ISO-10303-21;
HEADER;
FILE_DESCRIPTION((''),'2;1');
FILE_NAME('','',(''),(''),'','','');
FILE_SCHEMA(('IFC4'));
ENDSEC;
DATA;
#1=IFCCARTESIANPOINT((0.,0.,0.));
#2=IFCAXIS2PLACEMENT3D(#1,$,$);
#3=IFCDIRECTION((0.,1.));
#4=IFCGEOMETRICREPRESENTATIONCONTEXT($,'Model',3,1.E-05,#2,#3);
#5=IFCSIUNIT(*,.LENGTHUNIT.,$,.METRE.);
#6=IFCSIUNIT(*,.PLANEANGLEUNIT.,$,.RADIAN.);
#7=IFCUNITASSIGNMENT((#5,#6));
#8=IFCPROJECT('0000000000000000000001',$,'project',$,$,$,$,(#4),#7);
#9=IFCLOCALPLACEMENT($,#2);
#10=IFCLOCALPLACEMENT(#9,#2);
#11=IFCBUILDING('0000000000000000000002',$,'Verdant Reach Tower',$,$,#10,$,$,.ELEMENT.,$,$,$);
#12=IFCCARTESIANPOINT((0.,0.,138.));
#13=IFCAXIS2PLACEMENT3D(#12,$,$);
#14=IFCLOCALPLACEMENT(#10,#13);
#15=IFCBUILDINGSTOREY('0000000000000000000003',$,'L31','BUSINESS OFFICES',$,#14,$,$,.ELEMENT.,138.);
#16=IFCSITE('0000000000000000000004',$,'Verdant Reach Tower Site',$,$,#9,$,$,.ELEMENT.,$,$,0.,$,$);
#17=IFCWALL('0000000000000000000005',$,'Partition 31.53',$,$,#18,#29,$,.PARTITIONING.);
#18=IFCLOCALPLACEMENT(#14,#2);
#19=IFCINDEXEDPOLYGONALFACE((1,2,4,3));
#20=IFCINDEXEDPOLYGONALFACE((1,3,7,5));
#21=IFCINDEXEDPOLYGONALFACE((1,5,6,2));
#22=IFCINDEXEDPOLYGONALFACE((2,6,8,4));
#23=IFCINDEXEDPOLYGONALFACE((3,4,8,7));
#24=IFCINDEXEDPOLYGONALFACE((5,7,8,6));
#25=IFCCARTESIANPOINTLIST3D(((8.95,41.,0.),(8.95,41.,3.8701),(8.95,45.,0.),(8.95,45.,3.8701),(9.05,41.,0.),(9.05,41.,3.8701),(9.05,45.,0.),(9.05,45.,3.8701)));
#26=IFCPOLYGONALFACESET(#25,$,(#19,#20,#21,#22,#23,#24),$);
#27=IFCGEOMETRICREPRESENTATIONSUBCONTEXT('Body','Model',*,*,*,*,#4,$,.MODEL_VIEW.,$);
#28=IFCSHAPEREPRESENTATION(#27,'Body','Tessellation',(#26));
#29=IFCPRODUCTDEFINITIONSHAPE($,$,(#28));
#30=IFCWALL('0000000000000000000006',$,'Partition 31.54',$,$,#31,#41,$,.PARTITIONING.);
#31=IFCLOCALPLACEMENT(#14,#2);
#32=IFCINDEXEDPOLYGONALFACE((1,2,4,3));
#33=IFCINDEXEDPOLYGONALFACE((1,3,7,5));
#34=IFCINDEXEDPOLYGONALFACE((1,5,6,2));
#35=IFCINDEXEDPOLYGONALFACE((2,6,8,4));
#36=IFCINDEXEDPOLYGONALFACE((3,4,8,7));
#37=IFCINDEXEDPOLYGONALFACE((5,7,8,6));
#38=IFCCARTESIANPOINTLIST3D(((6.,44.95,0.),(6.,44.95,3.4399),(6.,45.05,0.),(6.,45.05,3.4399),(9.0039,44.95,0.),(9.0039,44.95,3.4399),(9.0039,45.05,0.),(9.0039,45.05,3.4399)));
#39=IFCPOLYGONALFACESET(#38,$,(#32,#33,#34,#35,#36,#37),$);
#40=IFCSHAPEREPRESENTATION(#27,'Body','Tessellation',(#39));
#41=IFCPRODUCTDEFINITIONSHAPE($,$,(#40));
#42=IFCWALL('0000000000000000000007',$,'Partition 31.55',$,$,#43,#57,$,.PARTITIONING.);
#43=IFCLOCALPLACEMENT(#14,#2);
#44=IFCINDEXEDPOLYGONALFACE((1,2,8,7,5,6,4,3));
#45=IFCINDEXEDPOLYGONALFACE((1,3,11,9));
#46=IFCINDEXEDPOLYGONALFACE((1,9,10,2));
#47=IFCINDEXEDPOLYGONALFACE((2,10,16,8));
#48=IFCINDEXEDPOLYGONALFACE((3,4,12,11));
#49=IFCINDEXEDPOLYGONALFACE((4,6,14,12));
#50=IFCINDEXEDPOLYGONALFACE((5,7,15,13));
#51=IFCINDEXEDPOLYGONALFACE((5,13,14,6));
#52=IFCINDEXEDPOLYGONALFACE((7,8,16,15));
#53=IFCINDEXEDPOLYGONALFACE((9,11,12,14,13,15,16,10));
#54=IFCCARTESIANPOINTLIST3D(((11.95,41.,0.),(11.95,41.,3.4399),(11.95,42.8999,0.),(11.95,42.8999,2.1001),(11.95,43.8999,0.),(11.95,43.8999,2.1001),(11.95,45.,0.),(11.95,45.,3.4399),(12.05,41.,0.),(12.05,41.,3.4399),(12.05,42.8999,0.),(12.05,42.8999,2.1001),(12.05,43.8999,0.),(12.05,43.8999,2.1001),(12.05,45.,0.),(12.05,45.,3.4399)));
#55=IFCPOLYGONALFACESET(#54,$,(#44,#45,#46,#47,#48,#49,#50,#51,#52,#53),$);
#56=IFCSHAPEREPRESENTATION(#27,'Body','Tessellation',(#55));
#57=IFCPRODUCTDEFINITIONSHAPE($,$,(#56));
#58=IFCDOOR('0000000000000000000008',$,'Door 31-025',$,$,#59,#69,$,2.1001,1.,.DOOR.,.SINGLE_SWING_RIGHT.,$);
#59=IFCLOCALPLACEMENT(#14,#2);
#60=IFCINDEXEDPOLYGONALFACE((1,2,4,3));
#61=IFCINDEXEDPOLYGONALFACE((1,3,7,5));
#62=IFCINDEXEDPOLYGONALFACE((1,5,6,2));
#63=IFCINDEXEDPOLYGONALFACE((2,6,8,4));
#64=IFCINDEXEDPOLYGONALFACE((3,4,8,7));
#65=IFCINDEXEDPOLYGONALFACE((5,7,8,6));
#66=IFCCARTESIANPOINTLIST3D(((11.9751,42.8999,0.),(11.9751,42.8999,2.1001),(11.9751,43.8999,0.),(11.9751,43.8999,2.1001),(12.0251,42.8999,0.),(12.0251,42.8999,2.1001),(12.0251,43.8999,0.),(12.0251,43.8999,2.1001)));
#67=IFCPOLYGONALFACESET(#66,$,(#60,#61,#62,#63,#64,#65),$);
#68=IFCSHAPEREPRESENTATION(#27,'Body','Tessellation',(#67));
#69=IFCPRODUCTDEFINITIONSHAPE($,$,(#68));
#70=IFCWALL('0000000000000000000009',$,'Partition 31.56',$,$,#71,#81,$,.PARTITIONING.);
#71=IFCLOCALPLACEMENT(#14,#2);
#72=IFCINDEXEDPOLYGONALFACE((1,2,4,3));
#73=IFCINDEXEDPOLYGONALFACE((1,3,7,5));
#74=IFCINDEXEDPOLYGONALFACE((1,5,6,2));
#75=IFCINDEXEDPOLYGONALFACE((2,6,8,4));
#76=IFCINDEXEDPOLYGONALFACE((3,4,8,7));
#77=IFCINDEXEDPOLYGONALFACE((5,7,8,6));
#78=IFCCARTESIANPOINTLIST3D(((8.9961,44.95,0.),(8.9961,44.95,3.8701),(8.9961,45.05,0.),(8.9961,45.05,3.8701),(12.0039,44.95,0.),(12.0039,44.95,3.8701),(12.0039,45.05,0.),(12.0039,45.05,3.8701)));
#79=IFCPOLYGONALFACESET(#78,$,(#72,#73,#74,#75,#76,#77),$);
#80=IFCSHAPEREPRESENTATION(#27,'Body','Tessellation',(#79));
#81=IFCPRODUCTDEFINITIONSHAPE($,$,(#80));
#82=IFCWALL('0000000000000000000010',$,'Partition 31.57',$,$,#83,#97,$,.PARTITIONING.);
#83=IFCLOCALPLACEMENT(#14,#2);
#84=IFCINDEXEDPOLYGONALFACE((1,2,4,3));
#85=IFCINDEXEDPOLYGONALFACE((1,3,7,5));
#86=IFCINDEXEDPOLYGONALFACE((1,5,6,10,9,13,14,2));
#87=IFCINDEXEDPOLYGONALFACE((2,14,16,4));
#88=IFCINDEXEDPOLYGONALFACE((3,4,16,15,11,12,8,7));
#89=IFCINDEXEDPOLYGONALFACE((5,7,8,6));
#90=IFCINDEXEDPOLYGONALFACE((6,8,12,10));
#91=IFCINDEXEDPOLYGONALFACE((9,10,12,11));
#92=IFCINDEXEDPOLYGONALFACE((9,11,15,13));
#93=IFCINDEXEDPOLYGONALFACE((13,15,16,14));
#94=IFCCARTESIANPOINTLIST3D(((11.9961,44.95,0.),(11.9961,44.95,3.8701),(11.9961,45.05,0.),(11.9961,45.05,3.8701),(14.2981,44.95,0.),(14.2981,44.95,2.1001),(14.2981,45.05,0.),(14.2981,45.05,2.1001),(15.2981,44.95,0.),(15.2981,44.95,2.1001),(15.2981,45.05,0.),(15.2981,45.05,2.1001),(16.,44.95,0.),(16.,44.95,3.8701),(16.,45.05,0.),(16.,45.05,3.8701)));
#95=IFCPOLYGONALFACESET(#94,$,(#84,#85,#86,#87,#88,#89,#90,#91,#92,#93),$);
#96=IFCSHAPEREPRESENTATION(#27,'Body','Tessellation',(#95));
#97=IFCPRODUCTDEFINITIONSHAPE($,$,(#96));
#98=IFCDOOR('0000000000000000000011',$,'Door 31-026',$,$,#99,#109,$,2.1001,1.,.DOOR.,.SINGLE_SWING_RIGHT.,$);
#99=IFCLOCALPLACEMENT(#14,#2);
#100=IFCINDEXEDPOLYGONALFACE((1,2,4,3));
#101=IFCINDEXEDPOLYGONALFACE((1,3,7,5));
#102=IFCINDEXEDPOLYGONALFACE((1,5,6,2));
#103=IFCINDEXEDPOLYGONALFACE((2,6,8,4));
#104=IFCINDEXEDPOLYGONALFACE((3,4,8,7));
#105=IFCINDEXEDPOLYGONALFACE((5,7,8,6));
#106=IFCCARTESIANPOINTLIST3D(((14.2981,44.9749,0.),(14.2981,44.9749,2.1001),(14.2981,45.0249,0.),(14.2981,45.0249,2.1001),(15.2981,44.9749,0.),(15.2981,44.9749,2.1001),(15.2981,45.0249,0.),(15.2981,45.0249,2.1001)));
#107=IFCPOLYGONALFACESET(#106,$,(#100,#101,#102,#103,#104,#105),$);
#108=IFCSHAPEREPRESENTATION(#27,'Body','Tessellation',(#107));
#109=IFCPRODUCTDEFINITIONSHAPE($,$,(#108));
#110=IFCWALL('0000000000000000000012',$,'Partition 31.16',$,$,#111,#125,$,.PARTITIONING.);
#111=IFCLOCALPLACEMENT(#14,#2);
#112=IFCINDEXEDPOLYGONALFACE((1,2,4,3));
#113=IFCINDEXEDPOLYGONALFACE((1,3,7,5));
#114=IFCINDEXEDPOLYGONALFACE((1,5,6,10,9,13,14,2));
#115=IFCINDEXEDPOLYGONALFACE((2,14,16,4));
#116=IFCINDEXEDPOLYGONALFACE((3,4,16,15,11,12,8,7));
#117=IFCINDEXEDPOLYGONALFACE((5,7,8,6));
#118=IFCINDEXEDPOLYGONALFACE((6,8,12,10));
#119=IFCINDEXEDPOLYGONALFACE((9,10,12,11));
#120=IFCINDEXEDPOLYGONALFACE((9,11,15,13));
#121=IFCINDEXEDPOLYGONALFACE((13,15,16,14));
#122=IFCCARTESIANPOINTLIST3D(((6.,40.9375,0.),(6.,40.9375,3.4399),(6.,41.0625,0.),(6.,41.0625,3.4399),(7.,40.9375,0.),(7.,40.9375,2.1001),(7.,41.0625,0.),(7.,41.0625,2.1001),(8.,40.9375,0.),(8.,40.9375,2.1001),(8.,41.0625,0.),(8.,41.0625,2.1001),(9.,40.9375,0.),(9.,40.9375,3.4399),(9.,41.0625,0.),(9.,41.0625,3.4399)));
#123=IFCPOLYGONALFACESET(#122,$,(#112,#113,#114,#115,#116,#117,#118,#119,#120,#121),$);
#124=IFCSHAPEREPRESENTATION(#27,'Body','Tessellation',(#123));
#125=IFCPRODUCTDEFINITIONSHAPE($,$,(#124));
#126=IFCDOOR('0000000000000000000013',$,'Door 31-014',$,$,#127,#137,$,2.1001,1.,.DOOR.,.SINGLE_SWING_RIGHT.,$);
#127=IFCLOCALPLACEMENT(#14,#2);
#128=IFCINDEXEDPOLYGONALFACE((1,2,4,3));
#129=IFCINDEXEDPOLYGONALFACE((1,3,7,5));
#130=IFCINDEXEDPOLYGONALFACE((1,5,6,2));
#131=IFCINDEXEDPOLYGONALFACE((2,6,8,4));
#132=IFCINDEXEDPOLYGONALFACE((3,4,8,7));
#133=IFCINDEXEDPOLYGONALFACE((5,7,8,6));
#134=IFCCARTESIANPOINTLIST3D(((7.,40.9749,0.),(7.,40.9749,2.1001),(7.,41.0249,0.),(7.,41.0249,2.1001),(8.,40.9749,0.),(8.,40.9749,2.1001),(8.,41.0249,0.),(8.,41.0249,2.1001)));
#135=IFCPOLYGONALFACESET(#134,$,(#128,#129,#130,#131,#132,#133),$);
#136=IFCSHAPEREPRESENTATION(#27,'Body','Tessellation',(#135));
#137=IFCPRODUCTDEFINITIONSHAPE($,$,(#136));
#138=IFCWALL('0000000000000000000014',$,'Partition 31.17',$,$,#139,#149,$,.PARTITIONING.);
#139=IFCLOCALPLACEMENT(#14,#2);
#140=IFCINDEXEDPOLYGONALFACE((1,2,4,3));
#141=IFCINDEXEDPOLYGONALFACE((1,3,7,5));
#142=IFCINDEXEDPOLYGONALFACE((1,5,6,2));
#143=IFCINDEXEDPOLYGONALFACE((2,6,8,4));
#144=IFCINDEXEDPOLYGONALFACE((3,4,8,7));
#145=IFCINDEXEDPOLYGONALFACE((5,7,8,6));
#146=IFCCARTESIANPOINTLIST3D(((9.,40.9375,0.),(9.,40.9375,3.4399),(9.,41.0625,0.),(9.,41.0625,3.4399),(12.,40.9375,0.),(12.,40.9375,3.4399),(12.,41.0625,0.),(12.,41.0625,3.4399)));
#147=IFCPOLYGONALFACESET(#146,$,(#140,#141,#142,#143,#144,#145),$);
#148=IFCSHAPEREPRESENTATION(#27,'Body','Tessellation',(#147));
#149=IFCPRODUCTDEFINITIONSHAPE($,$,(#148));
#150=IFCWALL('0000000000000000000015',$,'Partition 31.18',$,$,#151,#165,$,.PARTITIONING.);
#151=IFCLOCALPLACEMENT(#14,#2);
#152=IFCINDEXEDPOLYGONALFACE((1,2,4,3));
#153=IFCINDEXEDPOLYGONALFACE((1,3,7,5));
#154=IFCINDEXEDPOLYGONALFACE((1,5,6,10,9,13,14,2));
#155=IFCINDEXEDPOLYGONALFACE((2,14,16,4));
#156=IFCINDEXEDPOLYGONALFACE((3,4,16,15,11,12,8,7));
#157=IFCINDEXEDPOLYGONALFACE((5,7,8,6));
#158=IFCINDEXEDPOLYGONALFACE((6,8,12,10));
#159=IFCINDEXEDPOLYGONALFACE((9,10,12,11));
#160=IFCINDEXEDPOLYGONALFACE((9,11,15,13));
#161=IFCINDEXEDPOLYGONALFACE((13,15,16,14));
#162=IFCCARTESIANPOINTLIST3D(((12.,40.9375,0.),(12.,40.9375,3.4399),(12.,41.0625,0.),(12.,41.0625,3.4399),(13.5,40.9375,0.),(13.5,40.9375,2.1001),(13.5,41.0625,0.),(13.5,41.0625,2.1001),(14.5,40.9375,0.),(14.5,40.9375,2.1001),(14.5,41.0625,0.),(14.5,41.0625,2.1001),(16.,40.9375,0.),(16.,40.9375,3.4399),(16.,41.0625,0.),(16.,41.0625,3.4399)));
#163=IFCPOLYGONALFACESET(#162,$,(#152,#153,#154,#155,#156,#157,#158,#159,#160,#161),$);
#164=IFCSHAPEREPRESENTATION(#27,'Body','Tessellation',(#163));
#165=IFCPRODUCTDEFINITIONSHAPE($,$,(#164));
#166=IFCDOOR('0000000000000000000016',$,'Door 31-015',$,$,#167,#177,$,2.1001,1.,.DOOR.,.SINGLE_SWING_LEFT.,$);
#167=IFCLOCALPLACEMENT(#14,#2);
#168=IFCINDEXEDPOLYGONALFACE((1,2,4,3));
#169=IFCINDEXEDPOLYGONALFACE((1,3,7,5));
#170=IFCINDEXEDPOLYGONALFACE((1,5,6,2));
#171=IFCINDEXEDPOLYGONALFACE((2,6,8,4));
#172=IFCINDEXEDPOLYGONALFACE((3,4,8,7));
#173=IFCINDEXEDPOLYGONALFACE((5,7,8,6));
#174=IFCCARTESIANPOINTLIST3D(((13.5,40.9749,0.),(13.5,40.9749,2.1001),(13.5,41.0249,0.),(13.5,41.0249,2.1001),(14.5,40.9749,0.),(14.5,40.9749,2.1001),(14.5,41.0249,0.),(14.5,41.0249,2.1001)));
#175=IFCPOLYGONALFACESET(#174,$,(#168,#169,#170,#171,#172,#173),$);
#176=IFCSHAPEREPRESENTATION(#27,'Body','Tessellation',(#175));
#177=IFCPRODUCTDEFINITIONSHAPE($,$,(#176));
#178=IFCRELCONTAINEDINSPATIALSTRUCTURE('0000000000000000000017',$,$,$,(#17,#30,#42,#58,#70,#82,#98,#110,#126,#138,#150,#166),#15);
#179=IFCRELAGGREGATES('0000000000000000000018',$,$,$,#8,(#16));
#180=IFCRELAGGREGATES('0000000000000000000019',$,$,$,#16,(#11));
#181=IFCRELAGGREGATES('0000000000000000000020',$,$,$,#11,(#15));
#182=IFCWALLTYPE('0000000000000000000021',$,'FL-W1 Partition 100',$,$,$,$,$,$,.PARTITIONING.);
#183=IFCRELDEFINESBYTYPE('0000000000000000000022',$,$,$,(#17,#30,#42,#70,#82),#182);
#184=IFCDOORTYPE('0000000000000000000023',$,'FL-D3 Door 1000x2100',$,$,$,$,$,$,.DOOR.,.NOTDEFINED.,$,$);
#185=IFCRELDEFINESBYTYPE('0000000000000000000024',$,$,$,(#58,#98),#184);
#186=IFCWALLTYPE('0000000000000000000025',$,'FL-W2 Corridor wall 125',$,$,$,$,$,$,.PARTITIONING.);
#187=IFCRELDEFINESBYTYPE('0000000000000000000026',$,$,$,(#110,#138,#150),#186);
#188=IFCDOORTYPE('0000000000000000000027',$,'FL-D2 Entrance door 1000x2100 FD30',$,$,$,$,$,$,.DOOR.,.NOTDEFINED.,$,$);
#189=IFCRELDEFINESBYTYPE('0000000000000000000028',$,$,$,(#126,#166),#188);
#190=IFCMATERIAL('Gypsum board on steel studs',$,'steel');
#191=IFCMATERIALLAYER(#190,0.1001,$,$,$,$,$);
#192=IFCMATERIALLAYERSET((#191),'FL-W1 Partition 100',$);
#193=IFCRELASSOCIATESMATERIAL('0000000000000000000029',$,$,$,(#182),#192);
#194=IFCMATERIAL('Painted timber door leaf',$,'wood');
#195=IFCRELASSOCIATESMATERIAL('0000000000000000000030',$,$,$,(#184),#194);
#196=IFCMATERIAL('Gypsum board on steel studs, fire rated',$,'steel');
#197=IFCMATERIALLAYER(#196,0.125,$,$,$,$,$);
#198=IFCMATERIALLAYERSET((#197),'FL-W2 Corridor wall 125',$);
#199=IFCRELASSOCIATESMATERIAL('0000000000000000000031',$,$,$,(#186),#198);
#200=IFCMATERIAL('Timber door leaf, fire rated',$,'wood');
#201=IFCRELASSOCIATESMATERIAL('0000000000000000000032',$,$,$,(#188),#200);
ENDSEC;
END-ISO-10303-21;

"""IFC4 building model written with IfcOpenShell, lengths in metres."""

from ifc_helpers import new_model, si_unit, direction, frame, frame_2d, origin, place, context, subcontext, project, spatial, rectangle, extrude, material, layer, layer_set, type_object, element, fill, save


model = new_model("IFC4")

# Units and contexts
model_context = context("Model", 3, precision=1e-05, world=origin(), true_north=direction((0.0, 1.0)))
body_context = subcontext(model_context, "Body", "Model", "MODEL_VIEW")
ifc_project = project(units=[si_unit("LENGTHUNIT", "METRE"), si_unit("PLANEANGLEUNIT", "RADIAN")], contexts=[model_context])

# Site, building, storey
site_placement = place(None, origin())
site = spatial("IfcSite", under=ifc_project, at=site_placement, Name="Verdant Reach Tower Site", CompositionType="ELEMENT", RefElevation=0.0)
building_placement = place(site_placement, origin())
building = spatial("IfcBuilding", under=site, at=building_placement, Name="Verdant Reach Tower", CompositionType="ELEMENT")
storey_placement = place(building_placement, frame((0.0, 0.0, 138.0)))
storey = spatial("IfcBuildingStorey", under=building, at=storey_placement, Name="L31", Description="BUSINESS OFFICES", CompositionType="ELEMENT", Elevation=138.0)

# Walls
ifc_material_1 = material(Name="Gypsum board on steel studs", Category="steel")
ifc_layer_1 = layer(ifc_material_1, 0.1001)
ifc_layer_set_1 = layer_set([ifc_layer_1], Name="FL-W1 Partition 100")
wall_type_1 = type_object("IfcWallType", Name="FL-W1 Partition 100", PredefinedType="PARTITIONING", material=ifc_layer_set_1)
wall_1_placement = place(storey_placement, frame((9.0, 41.0, 0.0), z_axis=(0.0, 0.0, 1.0), x_axis=(0.0, 1.0, 0.0)))
element("IfcWall", 1, at=wall_1_placement, inside=storey, type_object=wall_type_1, Name="Partition 31.53", PredefinedType="PARTITIONING", context=body_context, shape_type="SweptSolid", body=[
    extrude(rectangle(XDim=4.0, YDim=0.1001, at=frame_2d((2.0, 0.0))), origin(), (0.0, 0.0, 1.0), 3.8701),
])
wall_2_placement = place(storey_placement, frame((9.0039, 45.0, 0.0), z_axis=(0.0, 0.0, 1.0), x_axis=(-1.0, 0.0, 0.0)))
element("IfcWall", 2, at=wall_2_placement, inside=storey, type_object=wall_type_1, Name="Partition 31.54", PredefinedType="PARTITIONING", context=body_context, shape_type="SweptSolid", body=[
    extrude(rectangle(XDim=3.0039, YDim=0.1001, at=frame_2d((1.502, 0.0))), origin(), (0.0, 0.0, 1.0), 3.4399),
])

# Wall, opening, door
wall_3_placement = place(storey_placement, frame((12.0, 41.0, 0.0), z_axis=(0.0, 0.0, 1.0), x_axis=(0.0, 1.0, 0.0)))
wall_3 = element("IfcWall", 3, at=wall_3_placement, inside=storey, type_object=wall_type_1, Name="Partition 31.55", PredefinedType="PARTITIONING", context=body_context, shape_type="SweptSolid", body=[
    extrude(rectangle(XDim=4.0, YDim=0.1001, at=frame_2d((2.0, 0.0))), origin(), (0.0, 0.0, 1.0), 3.4399),
])
opening_1_placement = place(wall_3_placement, frame((1.8999, 0.0, 0.0)))
opening_1 = element("IfcOpeningElement", 4, at=opening_1_placement, cuts=wall_3, PredefinedType="OPENING", context=body_context, shape_type="SweptSolid", body=[
    extrude(rectangle(XDim=1.0, YDim=2.1001, at=frame_2d((0.5, 1.05))), frame((0.0, 0.0601, 0.0), z_axis=(0.0, -1.0, 0.0), x_axis=(1.0, 0.0, 0.0)), (0.0, 0.0, 1.0), 0.1201),
])
ifc_material_2 = material(Name="Painted timber door leaf", Category="wood")
door_type_1 = type_object("IfcDoorType", Name="FL-D3 Door 1000x2100", OperationType="NOTDEFINED", PredefinedType="DOOR", material=ifc_material_2)
door_1_placement = place(opening_1_placement, origin())
door_1 = element("IfcDoor", 5, at=door_1_placement, inside=storey, type_object=door_type_1, Name="Door 31-025", OperationType="SINGLE_SWING_RIGHT", OverallHeight=2.1001, OverallWidth=1.0, PredefinedType="DOOR", context=body_context, shape_type="SweptSolid", body=[
    extrude(rectangle(XDim=1.0, YDim=2.1001, at=frame_2d((0.5, 1.05))), frame((0.0, 0.0249, 0.0), z_axis=(0.0, -1.0, 0.0), x_axis=(1.0, 0.0, 0.0)), (0.0, 0.0, 1.0), 0.05),
])
fill(opening_1, door_1)

# Wall
wall_4_placement = place(storey_placement, frame((12.0039, 45.0, 0.0), z_axis=(0.0, 0.0, 1.0), x_axis=(-1.0, 0.0, 0.0)))
element("IfcWall", 6, at=wall_4_placement, inside=storey, type_object=wall_type_1, Name="Partition 31.56", PredefinedType="PARTITIONING", context=body_context, shape_type="SweptSolid", body=[
    extrude(rectangle(XDim=3.0078, YDim=0.1001, at=frame_2d((1.5039, 0.0))), origin(), (0.0, 0.0, 1.0), 3.8701),
])

# Walls, openings, doors
wall_5_placement = place(storey_placement, frame((11.9961, 45.0, 0.0), z_axis=(0.0, 0.0, 1.0), x_axis=(1.0, 0.0, 0.0)))
wall_5 = element("IfcWall", 7, at=wall_5_placement, inside=storey, type_object=wall_type_1, Name="Partition 31.57", PredefinedType="PARTITIONING", context=body_context, shape_type="SweptSolid", body=[
    extrude(rectangle(XDim=4.0039, YDim=0.1001, at=frame_2d((2.002, 0.0))), origin(), (0.0, 0.0, 1.0), 3.8701),
])
opening_2_placement = place(wall_5_placement, frame((2.302, 0.0, 0.0)))
opening_2 = element("IfcOpeningElement", 8, at=opening_2_placement, cuts=wall_5, PredefinedType="OPENING", context=body_context, shape_type="SweptSolid", body=[
    extrude(rectangle(XDim=1.0, YDim=2.1001, at=frame_2d((0.5, 1.05))), frame((0.0, 0.0601, 0.0), z_axis=(0.0, -1.0, 0.0), x_axis=(1.0, 0.0, 0.0)), (0.0, 0.0, 1.0), 0.1201),
])
door_2_placement = place(opening_2_placement, origin())
door_2 = element("IfcDoor", 9, at=door_2_placement, inside=storey, type_object=door_type_1, Name="Door 31-026", OperationType="SINGLE_SWING_RIGHT", OverallHeight=2.1001, OverallWidth=1.0, PredefinedType="DOOR", context=body_context, shape_type="SweptSolid", body=[
    extrude(rectangle(XDim=1.0, YDim=2.1001, at=frame_2d((0.5, 1.05))), frame((0.0, 0.0249, 0.0), z_axis=(0.0, -1.0, 0.0), x_axis=(1.0, 0.0, 0.0)), (0.0, 0.0, 1.0), 0.05),
])
fill(opening_2, door_2)
ifc_material_3 = material(Name="Gypsum board on steel studs, fire rated", Category="steel")
ifc_layer_2 = layer(ifc_material_3, 0.125)
ifc_layer_set_2 = layer_set([ifc_layer_2], Name="FL-W2 Corridor wall 125")
wall_type_2 = type_object("IfcWallType", Name="FL-W2 Corridor wall 125", PredefinedType="PARTITIONING", material=ifc_layer_set_2)
wall_6_placement = place(storey_placement, frame((6.0, 41.0, 0.0), z_axis=(0.0, 0.0, 1.0), x_axis=(1.0, 0.0, 0.0)))
wall_6 = element("IfcWall", 10, at=wall_6_placement, inside=storey, type_object=wall_type_2, Name="Partition 31.16", PredefinedType="PARTITIONING", context=body_context, shape_type="SweptSolid", body=[
    extrude(rectangle(XDim=3.0, YDim=0.125, at=frame_2d((1.5, 0.0))), origin(), (0.0, 0.0, 1.0), 3.4399),
])
opening_3_placement = place(wall_6_placement, frame((1.0, 0.0, 0.0)))
opening_3 = element("IfcOpeningElement", 11, at=opening_3_placement, cuts=wall_6, PredefinedType="OPENING", context=body_context, shape_type="SweptSolid", body=[
    extrude(rectangle(XDim=1.0, YDim=2.1001, at=frame_2d((0.5, 1.05))), frame((0.0, 0.0725, 0.0), z_axis=(0.0, -1.0, 0.0), x_axis=(1.0, 0.0, 0.0)), (0.0, 0.0, 1.0), 0.145),
])
ifc_material_4 = material(Name="Timber door leaf, fire rated", Category="wood")
door_type_2 = type_object("IfcDoorType", Name="FL-D2 Entrance door 1000x2100 FD30", OperationType="NOTDEFINED", PredefinedType="DOOR", material=ifc_material_4)
door_3_placement = place(opening_3_placement, origin())
door_3 = element("IfcDoor", 12, at=door_3_placement, inside=storey, type_object=door_type_2, Name="Door 31-014", OperationType="SINGLE_SWING_RIGHT", OverallHeight=2.1001, OverallWidth=1.0, PredefinedType="DOOR", context=body_context, shape_type="SweptSolid", body=[
    extrude(rectangle(XDim=1.0, YDim=2.1001, at=frame_2d((0.5, 1.05))), frame((0.0, 0.0249, 0.0), z_axis=(0.0, -1.0, 0.0), x_axis=(1.0, 0.0, 0.0)), (0.0, 0.0, 1.0), 0.05),
])
fill(opening_3, door_3)

# Wall
wall_7_placement = place(storey_placement, frame((12.0, 41.0, 0.0), z_axis=(0.0, 0.0, 1.0), x_axis=(-1.0, 0.0, 0.0)))
element("IfcWall", 13, at=wall_7_placement, inside=storey, type_object=wall_type_2, Name="Partition 31.17", PredefinedType="PARTITIONING", context=body_context, shape_type="SweptSolid", body=[
    extrude(rectangle(XDim=3.0, YDim=0.125, at=frame_2d((1.5, 0.0))), origin(), (0.0, 0.0, 1.0), 3.4399),
])

# Wall, opening, door
wall_8_placement = place(storey_placement, frame((12.0, 41.0, 0.0), z_axis=(0.0, 0.0, 1.0), x_axis=(1.0, 0.0, 0.0)))
wall_8 = element("IfcWall", 14, at=wall_8_placement, inside=storey, type_object=wall_type_2, Name="Partition 31.18", PredefinedType="PARTITIONING", context=body_context, shape_type="SweptSolid", body=[
    extrude(rectangle(XDim=4.0, YDim=0.125, at=frame_2d((2.0, 0.0))), origin(), (0.0, 0.0, 1.0), 3.4399),
])
opening_4_placement = place(wall_8_placement, frame((1.5, 0.0, 0.0)))
opening_4 = element("IfcOpeningElement", 15, at=opening_4_placement, cuts=wall_8, PredefinedType="OPENING", context=body_context, shape_type="SweptSolid", body=[
    extrude(rectangle(XDim=1.0, YDim=2.1001, at=frame_2d((0.5, 1.05))), frame((0.0, 0.0725, 0.0), z_axis=(0.0, -1.0, 0.0), x_axis=(1.0, 0.0, 0.0)), (0.0, 0.0, 1.0), 0.145),
])
door_4_placement = place(opening_4_placement, origin())
door_4 = element("IfcDoor", 16, at=door_4_placement, inside=storey, type_object=door_type_2, Name="Door 31-015", OperationType="SINGLE_SWING_LEFT", OverallHeight=2.1001, OverallWidth=1.0, PredefinedType="DOOR", context=body_context, shape_type="SweptSolid", body=[
    extrude(rectangle(XDim=1.0, YDim=2.1001, at=frame_2d((0.5, 1.05))), frame((0.0, 0.0249, 0.0), z_axis=(0.0, -1.0, 0.0), x_axis=(1.0, 0.0, 0.0)), (0.0, 0.0, 1.0), 0.05),
])
fill(opening_4, door_4)

save(model, "model.ifc")
